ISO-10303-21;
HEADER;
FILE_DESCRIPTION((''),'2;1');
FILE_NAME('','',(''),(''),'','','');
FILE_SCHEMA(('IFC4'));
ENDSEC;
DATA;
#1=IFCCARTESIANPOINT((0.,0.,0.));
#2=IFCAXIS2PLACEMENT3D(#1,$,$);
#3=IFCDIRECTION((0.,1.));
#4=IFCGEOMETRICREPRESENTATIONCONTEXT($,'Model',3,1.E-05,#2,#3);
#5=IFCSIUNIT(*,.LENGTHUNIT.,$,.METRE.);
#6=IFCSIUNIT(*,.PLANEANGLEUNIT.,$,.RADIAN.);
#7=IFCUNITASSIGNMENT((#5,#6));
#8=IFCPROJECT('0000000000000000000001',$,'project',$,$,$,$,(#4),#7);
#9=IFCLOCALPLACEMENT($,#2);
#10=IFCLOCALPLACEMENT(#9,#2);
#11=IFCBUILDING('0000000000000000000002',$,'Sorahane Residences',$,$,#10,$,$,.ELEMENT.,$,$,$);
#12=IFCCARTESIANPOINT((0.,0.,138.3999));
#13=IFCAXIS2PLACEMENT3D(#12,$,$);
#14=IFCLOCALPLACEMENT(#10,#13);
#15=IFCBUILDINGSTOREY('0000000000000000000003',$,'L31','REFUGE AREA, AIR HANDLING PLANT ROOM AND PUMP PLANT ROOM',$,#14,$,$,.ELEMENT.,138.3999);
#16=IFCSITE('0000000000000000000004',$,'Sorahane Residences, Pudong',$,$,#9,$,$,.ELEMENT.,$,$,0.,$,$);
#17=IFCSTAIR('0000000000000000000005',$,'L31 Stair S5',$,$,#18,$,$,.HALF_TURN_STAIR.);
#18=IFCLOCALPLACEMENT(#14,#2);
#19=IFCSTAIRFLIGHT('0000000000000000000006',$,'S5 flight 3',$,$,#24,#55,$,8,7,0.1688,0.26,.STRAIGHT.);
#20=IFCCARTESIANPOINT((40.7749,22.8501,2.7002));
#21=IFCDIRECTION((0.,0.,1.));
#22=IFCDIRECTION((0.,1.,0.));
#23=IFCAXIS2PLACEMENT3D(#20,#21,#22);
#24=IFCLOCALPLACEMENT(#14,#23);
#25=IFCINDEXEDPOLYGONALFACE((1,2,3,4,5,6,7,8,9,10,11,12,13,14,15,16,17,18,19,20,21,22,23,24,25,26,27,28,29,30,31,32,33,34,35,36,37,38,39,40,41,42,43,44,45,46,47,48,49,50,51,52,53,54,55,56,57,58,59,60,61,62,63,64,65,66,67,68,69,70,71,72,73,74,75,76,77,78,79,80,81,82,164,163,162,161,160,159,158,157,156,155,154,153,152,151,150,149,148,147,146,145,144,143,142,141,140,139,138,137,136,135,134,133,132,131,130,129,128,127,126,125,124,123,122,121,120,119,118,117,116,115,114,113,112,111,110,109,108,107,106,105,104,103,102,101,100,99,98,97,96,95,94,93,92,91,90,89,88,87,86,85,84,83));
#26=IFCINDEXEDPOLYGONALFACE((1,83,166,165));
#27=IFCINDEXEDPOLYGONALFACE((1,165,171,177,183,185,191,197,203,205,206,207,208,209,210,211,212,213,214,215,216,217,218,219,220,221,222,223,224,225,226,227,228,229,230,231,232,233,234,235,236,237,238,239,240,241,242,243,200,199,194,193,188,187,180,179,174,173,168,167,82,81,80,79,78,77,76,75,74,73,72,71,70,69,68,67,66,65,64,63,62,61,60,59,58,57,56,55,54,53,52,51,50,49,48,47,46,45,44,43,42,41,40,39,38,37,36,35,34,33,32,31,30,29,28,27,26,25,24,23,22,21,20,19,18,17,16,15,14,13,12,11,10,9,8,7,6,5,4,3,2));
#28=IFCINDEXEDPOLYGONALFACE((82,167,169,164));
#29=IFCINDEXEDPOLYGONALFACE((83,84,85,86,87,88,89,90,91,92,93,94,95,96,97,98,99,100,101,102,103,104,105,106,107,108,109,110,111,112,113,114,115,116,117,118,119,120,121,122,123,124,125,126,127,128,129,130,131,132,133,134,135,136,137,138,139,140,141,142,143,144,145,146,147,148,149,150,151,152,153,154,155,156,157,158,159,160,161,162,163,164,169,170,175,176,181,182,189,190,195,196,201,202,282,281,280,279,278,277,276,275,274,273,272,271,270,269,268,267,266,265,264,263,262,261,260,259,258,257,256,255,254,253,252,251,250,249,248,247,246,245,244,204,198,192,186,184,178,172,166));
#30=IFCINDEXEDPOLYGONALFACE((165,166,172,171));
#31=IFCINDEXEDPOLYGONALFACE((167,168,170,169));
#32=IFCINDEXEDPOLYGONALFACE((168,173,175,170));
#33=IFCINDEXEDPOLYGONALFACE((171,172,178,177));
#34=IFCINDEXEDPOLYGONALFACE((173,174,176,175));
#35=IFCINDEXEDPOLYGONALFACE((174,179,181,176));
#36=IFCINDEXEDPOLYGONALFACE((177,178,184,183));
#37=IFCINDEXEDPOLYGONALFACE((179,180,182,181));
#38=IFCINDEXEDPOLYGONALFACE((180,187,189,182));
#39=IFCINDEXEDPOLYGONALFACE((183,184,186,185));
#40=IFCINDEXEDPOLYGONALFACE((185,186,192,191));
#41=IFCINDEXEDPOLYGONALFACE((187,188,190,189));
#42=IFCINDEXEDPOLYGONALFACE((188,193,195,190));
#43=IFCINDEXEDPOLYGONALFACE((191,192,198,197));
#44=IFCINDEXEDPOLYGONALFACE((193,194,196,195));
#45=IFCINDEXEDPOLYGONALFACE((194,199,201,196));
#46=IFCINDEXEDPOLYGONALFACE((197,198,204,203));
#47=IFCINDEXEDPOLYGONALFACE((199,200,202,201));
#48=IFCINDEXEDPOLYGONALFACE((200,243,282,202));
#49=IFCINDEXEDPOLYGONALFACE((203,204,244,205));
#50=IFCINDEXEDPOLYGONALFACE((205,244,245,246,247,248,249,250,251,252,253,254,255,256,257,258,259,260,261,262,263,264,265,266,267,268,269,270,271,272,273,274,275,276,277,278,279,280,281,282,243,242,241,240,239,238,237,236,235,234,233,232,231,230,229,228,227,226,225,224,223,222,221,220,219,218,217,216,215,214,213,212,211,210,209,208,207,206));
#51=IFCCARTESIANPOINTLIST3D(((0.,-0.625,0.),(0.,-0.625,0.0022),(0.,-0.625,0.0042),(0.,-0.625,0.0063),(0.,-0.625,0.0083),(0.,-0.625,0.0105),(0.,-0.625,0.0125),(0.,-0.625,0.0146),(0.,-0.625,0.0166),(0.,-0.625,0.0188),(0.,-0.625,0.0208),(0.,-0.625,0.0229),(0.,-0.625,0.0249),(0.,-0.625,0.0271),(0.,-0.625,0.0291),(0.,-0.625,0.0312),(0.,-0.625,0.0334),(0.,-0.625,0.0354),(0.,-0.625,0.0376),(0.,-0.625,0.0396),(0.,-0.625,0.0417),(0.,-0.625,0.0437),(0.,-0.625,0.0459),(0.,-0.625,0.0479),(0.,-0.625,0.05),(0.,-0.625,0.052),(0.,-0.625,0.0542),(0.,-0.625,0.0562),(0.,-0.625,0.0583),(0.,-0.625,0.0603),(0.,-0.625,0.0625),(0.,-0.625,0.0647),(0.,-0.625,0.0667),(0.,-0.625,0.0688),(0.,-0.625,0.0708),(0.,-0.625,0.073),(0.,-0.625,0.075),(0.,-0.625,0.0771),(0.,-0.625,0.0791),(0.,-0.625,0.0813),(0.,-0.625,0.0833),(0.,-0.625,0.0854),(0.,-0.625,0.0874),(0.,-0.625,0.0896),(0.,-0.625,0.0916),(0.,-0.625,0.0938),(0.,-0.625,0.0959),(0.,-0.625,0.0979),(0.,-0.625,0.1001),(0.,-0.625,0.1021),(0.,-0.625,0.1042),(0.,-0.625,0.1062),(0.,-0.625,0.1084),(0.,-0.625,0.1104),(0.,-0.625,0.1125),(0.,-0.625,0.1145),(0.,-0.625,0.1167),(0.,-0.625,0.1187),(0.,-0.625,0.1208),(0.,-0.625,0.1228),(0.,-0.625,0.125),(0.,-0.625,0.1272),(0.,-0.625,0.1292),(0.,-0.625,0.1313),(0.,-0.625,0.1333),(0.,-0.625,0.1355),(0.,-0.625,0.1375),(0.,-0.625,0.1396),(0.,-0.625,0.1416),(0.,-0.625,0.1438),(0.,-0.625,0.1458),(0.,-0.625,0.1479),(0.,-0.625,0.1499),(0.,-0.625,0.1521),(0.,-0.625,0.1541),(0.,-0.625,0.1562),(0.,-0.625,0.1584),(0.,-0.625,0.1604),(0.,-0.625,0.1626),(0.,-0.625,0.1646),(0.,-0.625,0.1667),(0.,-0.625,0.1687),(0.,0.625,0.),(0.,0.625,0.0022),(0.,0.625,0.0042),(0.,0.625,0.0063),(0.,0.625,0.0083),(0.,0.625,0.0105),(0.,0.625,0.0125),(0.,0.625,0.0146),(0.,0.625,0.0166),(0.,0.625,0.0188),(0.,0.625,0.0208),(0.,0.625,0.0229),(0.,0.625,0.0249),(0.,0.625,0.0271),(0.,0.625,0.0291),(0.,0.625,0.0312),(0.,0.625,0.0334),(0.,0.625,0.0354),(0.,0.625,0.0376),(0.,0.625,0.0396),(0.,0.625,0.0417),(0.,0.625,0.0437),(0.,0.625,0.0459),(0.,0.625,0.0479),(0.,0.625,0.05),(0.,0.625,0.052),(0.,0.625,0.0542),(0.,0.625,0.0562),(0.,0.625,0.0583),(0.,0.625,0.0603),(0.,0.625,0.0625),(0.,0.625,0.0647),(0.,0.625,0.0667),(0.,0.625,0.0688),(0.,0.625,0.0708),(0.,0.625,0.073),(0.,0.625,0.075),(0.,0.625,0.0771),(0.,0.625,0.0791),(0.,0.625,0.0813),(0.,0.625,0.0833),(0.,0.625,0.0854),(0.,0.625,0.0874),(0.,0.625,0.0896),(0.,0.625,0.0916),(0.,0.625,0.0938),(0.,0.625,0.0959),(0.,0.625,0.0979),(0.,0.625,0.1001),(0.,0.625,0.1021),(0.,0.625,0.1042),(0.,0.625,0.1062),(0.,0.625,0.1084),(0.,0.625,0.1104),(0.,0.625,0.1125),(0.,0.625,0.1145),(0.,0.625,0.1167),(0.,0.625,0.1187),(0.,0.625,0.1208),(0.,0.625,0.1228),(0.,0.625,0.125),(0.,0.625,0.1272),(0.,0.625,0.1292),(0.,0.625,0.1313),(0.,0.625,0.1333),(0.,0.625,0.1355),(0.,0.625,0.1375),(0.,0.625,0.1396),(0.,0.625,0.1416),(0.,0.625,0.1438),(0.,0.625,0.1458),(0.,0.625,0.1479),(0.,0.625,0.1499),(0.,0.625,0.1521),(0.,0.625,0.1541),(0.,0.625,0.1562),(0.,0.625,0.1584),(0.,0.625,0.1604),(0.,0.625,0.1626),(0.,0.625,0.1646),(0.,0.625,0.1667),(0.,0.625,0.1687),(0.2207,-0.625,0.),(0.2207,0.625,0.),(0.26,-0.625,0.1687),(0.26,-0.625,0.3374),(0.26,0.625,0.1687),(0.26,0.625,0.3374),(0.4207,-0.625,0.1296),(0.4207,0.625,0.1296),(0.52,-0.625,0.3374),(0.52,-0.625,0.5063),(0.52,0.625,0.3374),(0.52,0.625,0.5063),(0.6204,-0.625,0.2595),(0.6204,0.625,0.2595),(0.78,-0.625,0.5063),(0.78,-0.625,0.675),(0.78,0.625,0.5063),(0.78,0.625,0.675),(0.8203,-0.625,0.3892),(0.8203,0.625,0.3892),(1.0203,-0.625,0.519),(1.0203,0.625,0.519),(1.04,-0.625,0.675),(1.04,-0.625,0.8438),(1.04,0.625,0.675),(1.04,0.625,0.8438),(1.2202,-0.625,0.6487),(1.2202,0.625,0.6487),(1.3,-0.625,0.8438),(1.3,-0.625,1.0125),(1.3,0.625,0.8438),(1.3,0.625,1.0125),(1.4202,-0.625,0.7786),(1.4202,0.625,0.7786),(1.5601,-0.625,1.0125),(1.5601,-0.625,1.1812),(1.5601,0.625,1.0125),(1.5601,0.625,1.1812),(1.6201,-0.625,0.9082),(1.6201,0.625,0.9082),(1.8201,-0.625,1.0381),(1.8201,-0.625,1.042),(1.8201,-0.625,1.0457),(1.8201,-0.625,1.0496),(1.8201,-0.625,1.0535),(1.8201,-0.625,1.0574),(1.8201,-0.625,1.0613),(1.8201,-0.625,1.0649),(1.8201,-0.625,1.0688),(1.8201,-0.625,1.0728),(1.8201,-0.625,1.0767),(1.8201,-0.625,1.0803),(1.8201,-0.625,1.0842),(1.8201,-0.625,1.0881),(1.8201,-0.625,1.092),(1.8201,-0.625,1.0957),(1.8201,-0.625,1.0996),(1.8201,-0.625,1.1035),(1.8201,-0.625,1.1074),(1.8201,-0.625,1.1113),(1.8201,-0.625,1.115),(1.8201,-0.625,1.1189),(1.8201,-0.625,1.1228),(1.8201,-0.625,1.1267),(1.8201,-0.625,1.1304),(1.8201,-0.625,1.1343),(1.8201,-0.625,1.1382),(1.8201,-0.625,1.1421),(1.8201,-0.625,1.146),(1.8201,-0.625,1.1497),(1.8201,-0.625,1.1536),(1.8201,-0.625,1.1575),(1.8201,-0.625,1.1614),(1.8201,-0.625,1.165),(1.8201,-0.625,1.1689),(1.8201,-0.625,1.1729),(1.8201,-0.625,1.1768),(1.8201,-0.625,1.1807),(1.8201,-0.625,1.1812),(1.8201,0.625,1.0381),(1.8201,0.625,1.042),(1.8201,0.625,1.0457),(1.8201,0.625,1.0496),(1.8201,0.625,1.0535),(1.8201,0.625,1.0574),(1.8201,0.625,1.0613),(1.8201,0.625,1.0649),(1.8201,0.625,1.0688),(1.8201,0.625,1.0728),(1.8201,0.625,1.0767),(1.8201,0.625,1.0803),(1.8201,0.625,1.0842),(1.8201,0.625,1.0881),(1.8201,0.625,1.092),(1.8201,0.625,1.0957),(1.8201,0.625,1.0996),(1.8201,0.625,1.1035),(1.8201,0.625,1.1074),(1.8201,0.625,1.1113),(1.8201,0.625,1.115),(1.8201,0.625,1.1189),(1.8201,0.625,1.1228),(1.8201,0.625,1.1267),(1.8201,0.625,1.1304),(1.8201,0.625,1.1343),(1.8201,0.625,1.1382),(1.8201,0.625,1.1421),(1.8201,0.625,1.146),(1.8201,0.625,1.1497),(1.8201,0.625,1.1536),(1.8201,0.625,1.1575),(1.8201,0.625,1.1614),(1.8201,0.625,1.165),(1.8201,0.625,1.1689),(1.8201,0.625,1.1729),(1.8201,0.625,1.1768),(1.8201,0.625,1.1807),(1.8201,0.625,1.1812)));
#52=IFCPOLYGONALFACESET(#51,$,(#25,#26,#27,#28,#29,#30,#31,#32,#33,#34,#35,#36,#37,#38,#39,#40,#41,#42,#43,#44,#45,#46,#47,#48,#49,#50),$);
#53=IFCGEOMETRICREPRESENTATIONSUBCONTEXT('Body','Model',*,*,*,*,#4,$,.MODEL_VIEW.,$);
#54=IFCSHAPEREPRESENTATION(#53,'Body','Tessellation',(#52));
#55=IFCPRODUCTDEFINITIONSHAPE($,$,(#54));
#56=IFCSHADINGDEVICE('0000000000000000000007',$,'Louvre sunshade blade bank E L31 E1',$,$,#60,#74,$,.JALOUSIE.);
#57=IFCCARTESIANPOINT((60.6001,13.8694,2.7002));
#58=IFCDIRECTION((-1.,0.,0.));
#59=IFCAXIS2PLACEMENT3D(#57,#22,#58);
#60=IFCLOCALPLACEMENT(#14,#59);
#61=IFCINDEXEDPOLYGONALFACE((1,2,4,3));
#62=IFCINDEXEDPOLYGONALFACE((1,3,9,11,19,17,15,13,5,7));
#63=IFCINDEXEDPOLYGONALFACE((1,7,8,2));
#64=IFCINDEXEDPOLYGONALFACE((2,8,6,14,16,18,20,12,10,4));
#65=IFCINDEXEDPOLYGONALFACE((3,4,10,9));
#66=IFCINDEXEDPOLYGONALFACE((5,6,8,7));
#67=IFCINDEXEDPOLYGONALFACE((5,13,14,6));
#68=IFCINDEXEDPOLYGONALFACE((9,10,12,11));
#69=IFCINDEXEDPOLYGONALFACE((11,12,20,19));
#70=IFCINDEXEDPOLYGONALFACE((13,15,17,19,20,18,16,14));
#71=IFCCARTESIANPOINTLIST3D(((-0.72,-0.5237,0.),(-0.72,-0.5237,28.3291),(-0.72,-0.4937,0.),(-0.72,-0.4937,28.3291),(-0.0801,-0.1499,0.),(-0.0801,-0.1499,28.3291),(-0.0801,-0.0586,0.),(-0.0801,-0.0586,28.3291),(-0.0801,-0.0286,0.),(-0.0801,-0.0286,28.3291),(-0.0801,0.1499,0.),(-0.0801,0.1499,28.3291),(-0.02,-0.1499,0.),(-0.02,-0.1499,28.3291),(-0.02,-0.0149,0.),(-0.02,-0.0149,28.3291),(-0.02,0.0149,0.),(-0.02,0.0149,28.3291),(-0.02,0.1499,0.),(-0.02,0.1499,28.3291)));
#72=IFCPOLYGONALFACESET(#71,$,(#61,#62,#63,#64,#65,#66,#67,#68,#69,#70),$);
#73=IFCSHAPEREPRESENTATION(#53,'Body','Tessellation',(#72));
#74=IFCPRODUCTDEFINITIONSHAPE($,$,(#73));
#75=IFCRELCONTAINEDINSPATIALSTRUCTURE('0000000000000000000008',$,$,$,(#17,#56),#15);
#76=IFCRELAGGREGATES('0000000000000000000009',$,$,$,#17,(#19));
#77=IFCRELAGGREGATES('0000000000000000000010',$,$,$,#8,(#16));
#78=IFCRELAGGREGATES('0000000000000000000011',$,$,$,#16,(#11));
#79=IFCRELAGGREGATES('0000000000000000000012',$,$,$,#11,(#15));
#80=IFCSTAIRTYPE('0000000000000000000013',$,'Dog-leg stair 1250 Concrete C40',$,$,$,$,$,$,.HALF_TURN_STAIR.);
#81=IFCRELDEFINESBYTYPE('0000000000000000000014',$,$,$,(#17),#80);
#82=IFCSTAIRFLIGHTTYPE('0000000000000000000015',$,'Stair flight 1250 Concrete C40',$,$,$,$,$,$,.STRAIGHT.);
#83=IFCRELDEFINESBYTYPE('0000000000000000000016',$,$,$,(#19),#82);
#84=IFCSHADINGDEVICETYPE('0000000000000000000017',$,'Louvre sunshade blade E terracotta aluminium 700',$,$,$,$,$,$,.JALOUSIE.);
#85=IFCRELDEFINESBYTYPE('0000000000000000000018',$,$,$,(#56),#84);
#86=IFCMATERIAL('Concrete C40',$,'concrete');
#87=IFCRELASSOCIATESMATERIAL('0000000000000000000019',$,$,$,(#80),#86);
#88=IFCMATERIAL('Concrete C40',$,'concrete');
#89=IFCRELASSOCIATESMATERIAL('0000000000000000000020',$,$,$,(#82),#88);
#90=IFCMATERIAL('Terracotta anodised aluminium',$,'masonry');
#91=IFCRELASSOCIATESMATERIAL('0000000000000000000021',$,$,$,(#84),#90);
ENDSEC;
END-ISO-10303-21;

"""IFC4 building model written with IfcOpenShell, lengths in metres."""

from ifc_helpers import new_model, si_unit, direction, frame, origin, place, context, subcontext, project, spatial, polyline, outline, extrude, material, type_object, element, aggregate, save


model = new_model("IFC4")

# Units and contexts
model_context = context("Model", 3, precision=1e-05, world=origin(), true_north=direction((0.0, 1.0)))
body_context = subcontext(model_context, "Body", "Model", "MODEL_VIEW")
ifc_project = project(units=[si_unit("LENGTHUNIT", "METRE"), si_unit("PLANEANGLEUNIT", "RADIAN")], contexts=[model_context])

# Site, building, storey
site_placement = place(None, origin())
site = spatial("IfcSite", under=ifc_project, at=site_placement, Name="Sorahane Residences, Pudong", CompositionType="ELEMENT", RefElevation=0.0)
building_placement = place(site_placement, origin())
building = spatial("IfcBuilding", under=site, at=building_placement, Name="Sorahane Residences", CompositionType="ELEMENT")
storey_placement = place(building_placement, frame((0.0, 0.0, 138.3999)))
storey = spatial("IfcBuildingStorey", under=building, at=storey_placement, Name="L31", Description="REFUGE AREA, AIR HANDLING PLANT ROOM AND PUMP PLANT ROOM", CompositionType="ELEMENT", Elevation=138.3999)

# Stair, stair flight
ifc_material_1 = material(Name="Concrete C40", Category="concrete")
stair_type = type_object("IfcStairType", Name="Dog-leg stair 1250 Concrete C40", PredefinedType="HALF_TURN_STAIR", material=ifc_material_1)
stair_placement = place(storey_placement, origin())
stair = element("IfcStair", 1, at=stair_placement, inside=storey, type_object=stair_type, Name="L31 Stair S5", PredefinedType="HALF_TURN_STAIR")
ifc_material_2 = material(Name="Concrete C40", Category="concrete")
stair_flight_type = type_object("IfcStairFlightType", Name="Stair flight 1250 Concrete C40", PredefinedType="STRAIGHT", material=ifc_material_2)
stair_flight_1_placement = place(storey_placement, frame((40.7749, 22.8501, 2.7002), z_axis=(0.0, 0.0, 1.0), x_axis=(0.0, 1.0, 0.0)))
stair_flight_1 = element("IfcStairFlight", 2, at=stair_flight_1_placement, type_object=stair_flight_type, Name="S5 flight 3", NumberOfRisers=8, NumberOfTreads=7, PredefinedType="STRAIGHT", RiserHeight=0.1688, TreadLength=0.26, context=body_context, shape_type="SweptSolid", body=[
    extrude(outline(polyline([(0.0, 0.0), (0.0, 0.0022), (0.0, 0.0042), (0.0, 0.0063), (0.0, 0.0083), (0.0, 0.0105), (0.0, 0.0125), (0.0, 0.0146), (0.0, 0.0166), (0.0, 0.0188), (0.0, 0.0208), (0.0, 0.0229), (0.0, 0.0249), (0.0, 0.0271), (0.0, 0.0291), (0.0, 0.0312), (0.0, 0.0334), (0.0, 0.0354), (0.0, 0.0376), (0.0, 0.0396), (0.0, 0.0417), (0.0, 0.0437), (0.0, 0.0459), (0.0, 0.0479), (0.0, 0.05), (0.0, 0.052), (0.0, 0.0542), (0.0, 0.0562), (0.0, 0.0583), (0.0, 0.0603), (0.0, 0.0625), (0.0, 0.0647), (0.0, 0.0667), (0.0, 0.0688), (0.0, 0.0708), (0.0, 0.073), (0.0, 0.075), (0.0, 0.0771), (0.0, 0.0791), (0.0, 0.0813), (0.0, 0.0833), (0.0, 0.0854), (0.0, 0.0874), (0.0, 0.0896), (0.0, 0.0916), (0.0, 0.0938), (0.0, 0.0959), (0.0, 0.0979), (0.0, 0.1001), (0.0, 0.1021), (0.0, 0.1042), (0.0, 0.1062), (0.0, 0.1084), (0.0, 0.1104), (0.0, 0.1125), (0.0, 0.1145), (0.0, 0.1167), (0.0, 0.1187), (0.0, 0.1208), (0.0, 0.1228), (0.0, 0.125), (0.0, 0.1272), (0.0, 0.1292), (0.0, 0.1313), (0.0, 0.1333), (0.0, 0.1355), (0.0, 0.1375), (0.0, 0.1396), (0.0, 0.1416), (0.0, 0.1438), (0.0, 0.1458), (0.0, 0.1479), (0.0, 0.1499), (0.0, 0.1521), (0.0, 0.1541), (0.0, 0.1562), (0.0, 0.1584), (0.0, 0.1604), (0.0, 0.1626), (0.0, 0.1646), (0.0, 0.1667), (0.0, 0.1687), (0.26, 0.1687), (0.26, 0.3374), (0.52, 0.3374), (0.52, 0.5063), (0.78, 0.5063), (0.78, 0.675), (1.04, 0.675), (1.04, 0.8438), (1.3, 0.8438), (1.3, 1.0125), (1.5601, 1.0125), (1.5601, 1.1812), (1.8201, 1.1812), (1.8201, 1.3501), (1.8201, 1.3462), (1.8201, 1.3423), (1.8201, 1.3384), (1.8201, 1.3347), (1.8201, 1.3308), (1.8201, 1.3269), (1.8201, 1.323), (1.8201, 1.3191), (1.8201, 1.3154), (1.8201, 1.3115), (1.8201, 1.3076), (1.8201, 1.3037), (1.8201, 1.3), (1.8201, 1.2961), (1.8201, 1.2922), (1.8201, 1.2883), (1.8201, 1.2844), (1.8201, 1.2808), (1.8201, 1.2769), (1.8201, 1.2729), (1.8201, 1.269), (1.8201, 1.2654), (1.8201, 1.2615), (1.8201, 1.2576), (1.8201, 1.2537), (1.8201, 1.2498), (1.8201, 1.2461), (1.8201, 1.2422), (1.8201, 1.2383), (1.8201, 1.2344), (1.8201, 1.2307), (1.8201, 1.2268), (1.8201, 1.2229), (1.8201, 1.219), (1.8201, 1.2151), (1.8201, 1.2114), (1.8201, 1.2075), (1.8201, 1.2036), (1.8201, 1.1997), (1.8201, 1.196), (1.8201, 1.1921), (1.8201, 1.1882), (1.8201, 1.1843), (1.8201, 1.1807), (1.8201, 1.1768), (1.8201, 1.1729), (1.8201, 1.1689), (1.8201, 1.165), (1.8201, 1.1614), (1.8201, 1.1575), (1.8201, 1.1536), (1.8201, 1.1497), (1.8201, 1.146), (1.8201, 1.1421), (1.8201, 1.1382), (1.8201, 1.1343), (1.8201, 1.1304), (1.8201, 1.1267), (1.8201, 1.1228), (1.8201, 1.1189), (1.8201, 1.115), (1.8201, 1.1113), (1.8201, 1.1074), (1.8201, 1.1035), (1.8201, 1.0996), (1.8201, 1.0957), (1.8201, 1.092), (1.8201, 1.0881), (1.8201, 1.0842), (1.8201, 1.0803), (1.8201, 1.0767), (1.8201, 1.0728), (1.8201, 1.0688), (1.8201, 1.0649), (1.8201, 1.0613), (1.8201, 1.0574), (1.8201, 1.0535), (1.8201, 1.0496), (1.8201, 1.0457), (1.8201, 1.042), (1.8201, 1.0381), (1.6201, 0.9082), (1.4202, 0.7786), (1.2202, 0.6487), (1.0203, 0.519), (0.8203, 0.3892), (0.6204, 0.2595), (0.4207, 0.1296), (0.2207, 0.0), (0.0, 0.0)])), frame((0.0, 0.625, 0.0), z_axis=(0.0, -1.0, 0.0), x_axis=(1.0, 0.0, 0.0)), (0.0, 0.0, 1.0), 1.25),
])
aggregate(stair, [stair_flight_1])

# Shading device
ifc_material_3 = material(Name="Terracotta anodised aluminium", Category="masonry")
shading_device_type = type_object("IfcShadingDeviceType", Name="Louvre sunshade blade E terracotta aluminium 700", PredefinedType="JALOUSIE", material=ifc_material_3)
shading_device_placement = place(storey_placement, frame((60.6001, 13.8694, 2.7002), z_axis=(0.0, 1.0, 0.0), x_axis=(-1.0, 0.0, 0.0)))
element("IfcShadingDevice", 3, at=shading_device_placement, inside=storey, type_object=shading_device_type, Name="Louvre sunshade blade bank E L31 E1", PredefinedType="JALOUSIE", context=body_context, shape_type="SweptSolid", body=[
    extrude(outline(polyline([(-0.72, -0.4937), (-0.72, -0.5237), (-0.0801, -0.0586), (-0.0801, -0.1499), (-0.02, -0.1499), (-0.02, -0.0149), (-0.02, 0.0149), (-0.02, 0.1499), (-0.0801, 0.1499), (-0.0801, -0.0286), (-0.72, -0.4937)])), origin(), (0.0, 0.0, 1.0), 28.3291),
])

save(model, "model.ifc")
